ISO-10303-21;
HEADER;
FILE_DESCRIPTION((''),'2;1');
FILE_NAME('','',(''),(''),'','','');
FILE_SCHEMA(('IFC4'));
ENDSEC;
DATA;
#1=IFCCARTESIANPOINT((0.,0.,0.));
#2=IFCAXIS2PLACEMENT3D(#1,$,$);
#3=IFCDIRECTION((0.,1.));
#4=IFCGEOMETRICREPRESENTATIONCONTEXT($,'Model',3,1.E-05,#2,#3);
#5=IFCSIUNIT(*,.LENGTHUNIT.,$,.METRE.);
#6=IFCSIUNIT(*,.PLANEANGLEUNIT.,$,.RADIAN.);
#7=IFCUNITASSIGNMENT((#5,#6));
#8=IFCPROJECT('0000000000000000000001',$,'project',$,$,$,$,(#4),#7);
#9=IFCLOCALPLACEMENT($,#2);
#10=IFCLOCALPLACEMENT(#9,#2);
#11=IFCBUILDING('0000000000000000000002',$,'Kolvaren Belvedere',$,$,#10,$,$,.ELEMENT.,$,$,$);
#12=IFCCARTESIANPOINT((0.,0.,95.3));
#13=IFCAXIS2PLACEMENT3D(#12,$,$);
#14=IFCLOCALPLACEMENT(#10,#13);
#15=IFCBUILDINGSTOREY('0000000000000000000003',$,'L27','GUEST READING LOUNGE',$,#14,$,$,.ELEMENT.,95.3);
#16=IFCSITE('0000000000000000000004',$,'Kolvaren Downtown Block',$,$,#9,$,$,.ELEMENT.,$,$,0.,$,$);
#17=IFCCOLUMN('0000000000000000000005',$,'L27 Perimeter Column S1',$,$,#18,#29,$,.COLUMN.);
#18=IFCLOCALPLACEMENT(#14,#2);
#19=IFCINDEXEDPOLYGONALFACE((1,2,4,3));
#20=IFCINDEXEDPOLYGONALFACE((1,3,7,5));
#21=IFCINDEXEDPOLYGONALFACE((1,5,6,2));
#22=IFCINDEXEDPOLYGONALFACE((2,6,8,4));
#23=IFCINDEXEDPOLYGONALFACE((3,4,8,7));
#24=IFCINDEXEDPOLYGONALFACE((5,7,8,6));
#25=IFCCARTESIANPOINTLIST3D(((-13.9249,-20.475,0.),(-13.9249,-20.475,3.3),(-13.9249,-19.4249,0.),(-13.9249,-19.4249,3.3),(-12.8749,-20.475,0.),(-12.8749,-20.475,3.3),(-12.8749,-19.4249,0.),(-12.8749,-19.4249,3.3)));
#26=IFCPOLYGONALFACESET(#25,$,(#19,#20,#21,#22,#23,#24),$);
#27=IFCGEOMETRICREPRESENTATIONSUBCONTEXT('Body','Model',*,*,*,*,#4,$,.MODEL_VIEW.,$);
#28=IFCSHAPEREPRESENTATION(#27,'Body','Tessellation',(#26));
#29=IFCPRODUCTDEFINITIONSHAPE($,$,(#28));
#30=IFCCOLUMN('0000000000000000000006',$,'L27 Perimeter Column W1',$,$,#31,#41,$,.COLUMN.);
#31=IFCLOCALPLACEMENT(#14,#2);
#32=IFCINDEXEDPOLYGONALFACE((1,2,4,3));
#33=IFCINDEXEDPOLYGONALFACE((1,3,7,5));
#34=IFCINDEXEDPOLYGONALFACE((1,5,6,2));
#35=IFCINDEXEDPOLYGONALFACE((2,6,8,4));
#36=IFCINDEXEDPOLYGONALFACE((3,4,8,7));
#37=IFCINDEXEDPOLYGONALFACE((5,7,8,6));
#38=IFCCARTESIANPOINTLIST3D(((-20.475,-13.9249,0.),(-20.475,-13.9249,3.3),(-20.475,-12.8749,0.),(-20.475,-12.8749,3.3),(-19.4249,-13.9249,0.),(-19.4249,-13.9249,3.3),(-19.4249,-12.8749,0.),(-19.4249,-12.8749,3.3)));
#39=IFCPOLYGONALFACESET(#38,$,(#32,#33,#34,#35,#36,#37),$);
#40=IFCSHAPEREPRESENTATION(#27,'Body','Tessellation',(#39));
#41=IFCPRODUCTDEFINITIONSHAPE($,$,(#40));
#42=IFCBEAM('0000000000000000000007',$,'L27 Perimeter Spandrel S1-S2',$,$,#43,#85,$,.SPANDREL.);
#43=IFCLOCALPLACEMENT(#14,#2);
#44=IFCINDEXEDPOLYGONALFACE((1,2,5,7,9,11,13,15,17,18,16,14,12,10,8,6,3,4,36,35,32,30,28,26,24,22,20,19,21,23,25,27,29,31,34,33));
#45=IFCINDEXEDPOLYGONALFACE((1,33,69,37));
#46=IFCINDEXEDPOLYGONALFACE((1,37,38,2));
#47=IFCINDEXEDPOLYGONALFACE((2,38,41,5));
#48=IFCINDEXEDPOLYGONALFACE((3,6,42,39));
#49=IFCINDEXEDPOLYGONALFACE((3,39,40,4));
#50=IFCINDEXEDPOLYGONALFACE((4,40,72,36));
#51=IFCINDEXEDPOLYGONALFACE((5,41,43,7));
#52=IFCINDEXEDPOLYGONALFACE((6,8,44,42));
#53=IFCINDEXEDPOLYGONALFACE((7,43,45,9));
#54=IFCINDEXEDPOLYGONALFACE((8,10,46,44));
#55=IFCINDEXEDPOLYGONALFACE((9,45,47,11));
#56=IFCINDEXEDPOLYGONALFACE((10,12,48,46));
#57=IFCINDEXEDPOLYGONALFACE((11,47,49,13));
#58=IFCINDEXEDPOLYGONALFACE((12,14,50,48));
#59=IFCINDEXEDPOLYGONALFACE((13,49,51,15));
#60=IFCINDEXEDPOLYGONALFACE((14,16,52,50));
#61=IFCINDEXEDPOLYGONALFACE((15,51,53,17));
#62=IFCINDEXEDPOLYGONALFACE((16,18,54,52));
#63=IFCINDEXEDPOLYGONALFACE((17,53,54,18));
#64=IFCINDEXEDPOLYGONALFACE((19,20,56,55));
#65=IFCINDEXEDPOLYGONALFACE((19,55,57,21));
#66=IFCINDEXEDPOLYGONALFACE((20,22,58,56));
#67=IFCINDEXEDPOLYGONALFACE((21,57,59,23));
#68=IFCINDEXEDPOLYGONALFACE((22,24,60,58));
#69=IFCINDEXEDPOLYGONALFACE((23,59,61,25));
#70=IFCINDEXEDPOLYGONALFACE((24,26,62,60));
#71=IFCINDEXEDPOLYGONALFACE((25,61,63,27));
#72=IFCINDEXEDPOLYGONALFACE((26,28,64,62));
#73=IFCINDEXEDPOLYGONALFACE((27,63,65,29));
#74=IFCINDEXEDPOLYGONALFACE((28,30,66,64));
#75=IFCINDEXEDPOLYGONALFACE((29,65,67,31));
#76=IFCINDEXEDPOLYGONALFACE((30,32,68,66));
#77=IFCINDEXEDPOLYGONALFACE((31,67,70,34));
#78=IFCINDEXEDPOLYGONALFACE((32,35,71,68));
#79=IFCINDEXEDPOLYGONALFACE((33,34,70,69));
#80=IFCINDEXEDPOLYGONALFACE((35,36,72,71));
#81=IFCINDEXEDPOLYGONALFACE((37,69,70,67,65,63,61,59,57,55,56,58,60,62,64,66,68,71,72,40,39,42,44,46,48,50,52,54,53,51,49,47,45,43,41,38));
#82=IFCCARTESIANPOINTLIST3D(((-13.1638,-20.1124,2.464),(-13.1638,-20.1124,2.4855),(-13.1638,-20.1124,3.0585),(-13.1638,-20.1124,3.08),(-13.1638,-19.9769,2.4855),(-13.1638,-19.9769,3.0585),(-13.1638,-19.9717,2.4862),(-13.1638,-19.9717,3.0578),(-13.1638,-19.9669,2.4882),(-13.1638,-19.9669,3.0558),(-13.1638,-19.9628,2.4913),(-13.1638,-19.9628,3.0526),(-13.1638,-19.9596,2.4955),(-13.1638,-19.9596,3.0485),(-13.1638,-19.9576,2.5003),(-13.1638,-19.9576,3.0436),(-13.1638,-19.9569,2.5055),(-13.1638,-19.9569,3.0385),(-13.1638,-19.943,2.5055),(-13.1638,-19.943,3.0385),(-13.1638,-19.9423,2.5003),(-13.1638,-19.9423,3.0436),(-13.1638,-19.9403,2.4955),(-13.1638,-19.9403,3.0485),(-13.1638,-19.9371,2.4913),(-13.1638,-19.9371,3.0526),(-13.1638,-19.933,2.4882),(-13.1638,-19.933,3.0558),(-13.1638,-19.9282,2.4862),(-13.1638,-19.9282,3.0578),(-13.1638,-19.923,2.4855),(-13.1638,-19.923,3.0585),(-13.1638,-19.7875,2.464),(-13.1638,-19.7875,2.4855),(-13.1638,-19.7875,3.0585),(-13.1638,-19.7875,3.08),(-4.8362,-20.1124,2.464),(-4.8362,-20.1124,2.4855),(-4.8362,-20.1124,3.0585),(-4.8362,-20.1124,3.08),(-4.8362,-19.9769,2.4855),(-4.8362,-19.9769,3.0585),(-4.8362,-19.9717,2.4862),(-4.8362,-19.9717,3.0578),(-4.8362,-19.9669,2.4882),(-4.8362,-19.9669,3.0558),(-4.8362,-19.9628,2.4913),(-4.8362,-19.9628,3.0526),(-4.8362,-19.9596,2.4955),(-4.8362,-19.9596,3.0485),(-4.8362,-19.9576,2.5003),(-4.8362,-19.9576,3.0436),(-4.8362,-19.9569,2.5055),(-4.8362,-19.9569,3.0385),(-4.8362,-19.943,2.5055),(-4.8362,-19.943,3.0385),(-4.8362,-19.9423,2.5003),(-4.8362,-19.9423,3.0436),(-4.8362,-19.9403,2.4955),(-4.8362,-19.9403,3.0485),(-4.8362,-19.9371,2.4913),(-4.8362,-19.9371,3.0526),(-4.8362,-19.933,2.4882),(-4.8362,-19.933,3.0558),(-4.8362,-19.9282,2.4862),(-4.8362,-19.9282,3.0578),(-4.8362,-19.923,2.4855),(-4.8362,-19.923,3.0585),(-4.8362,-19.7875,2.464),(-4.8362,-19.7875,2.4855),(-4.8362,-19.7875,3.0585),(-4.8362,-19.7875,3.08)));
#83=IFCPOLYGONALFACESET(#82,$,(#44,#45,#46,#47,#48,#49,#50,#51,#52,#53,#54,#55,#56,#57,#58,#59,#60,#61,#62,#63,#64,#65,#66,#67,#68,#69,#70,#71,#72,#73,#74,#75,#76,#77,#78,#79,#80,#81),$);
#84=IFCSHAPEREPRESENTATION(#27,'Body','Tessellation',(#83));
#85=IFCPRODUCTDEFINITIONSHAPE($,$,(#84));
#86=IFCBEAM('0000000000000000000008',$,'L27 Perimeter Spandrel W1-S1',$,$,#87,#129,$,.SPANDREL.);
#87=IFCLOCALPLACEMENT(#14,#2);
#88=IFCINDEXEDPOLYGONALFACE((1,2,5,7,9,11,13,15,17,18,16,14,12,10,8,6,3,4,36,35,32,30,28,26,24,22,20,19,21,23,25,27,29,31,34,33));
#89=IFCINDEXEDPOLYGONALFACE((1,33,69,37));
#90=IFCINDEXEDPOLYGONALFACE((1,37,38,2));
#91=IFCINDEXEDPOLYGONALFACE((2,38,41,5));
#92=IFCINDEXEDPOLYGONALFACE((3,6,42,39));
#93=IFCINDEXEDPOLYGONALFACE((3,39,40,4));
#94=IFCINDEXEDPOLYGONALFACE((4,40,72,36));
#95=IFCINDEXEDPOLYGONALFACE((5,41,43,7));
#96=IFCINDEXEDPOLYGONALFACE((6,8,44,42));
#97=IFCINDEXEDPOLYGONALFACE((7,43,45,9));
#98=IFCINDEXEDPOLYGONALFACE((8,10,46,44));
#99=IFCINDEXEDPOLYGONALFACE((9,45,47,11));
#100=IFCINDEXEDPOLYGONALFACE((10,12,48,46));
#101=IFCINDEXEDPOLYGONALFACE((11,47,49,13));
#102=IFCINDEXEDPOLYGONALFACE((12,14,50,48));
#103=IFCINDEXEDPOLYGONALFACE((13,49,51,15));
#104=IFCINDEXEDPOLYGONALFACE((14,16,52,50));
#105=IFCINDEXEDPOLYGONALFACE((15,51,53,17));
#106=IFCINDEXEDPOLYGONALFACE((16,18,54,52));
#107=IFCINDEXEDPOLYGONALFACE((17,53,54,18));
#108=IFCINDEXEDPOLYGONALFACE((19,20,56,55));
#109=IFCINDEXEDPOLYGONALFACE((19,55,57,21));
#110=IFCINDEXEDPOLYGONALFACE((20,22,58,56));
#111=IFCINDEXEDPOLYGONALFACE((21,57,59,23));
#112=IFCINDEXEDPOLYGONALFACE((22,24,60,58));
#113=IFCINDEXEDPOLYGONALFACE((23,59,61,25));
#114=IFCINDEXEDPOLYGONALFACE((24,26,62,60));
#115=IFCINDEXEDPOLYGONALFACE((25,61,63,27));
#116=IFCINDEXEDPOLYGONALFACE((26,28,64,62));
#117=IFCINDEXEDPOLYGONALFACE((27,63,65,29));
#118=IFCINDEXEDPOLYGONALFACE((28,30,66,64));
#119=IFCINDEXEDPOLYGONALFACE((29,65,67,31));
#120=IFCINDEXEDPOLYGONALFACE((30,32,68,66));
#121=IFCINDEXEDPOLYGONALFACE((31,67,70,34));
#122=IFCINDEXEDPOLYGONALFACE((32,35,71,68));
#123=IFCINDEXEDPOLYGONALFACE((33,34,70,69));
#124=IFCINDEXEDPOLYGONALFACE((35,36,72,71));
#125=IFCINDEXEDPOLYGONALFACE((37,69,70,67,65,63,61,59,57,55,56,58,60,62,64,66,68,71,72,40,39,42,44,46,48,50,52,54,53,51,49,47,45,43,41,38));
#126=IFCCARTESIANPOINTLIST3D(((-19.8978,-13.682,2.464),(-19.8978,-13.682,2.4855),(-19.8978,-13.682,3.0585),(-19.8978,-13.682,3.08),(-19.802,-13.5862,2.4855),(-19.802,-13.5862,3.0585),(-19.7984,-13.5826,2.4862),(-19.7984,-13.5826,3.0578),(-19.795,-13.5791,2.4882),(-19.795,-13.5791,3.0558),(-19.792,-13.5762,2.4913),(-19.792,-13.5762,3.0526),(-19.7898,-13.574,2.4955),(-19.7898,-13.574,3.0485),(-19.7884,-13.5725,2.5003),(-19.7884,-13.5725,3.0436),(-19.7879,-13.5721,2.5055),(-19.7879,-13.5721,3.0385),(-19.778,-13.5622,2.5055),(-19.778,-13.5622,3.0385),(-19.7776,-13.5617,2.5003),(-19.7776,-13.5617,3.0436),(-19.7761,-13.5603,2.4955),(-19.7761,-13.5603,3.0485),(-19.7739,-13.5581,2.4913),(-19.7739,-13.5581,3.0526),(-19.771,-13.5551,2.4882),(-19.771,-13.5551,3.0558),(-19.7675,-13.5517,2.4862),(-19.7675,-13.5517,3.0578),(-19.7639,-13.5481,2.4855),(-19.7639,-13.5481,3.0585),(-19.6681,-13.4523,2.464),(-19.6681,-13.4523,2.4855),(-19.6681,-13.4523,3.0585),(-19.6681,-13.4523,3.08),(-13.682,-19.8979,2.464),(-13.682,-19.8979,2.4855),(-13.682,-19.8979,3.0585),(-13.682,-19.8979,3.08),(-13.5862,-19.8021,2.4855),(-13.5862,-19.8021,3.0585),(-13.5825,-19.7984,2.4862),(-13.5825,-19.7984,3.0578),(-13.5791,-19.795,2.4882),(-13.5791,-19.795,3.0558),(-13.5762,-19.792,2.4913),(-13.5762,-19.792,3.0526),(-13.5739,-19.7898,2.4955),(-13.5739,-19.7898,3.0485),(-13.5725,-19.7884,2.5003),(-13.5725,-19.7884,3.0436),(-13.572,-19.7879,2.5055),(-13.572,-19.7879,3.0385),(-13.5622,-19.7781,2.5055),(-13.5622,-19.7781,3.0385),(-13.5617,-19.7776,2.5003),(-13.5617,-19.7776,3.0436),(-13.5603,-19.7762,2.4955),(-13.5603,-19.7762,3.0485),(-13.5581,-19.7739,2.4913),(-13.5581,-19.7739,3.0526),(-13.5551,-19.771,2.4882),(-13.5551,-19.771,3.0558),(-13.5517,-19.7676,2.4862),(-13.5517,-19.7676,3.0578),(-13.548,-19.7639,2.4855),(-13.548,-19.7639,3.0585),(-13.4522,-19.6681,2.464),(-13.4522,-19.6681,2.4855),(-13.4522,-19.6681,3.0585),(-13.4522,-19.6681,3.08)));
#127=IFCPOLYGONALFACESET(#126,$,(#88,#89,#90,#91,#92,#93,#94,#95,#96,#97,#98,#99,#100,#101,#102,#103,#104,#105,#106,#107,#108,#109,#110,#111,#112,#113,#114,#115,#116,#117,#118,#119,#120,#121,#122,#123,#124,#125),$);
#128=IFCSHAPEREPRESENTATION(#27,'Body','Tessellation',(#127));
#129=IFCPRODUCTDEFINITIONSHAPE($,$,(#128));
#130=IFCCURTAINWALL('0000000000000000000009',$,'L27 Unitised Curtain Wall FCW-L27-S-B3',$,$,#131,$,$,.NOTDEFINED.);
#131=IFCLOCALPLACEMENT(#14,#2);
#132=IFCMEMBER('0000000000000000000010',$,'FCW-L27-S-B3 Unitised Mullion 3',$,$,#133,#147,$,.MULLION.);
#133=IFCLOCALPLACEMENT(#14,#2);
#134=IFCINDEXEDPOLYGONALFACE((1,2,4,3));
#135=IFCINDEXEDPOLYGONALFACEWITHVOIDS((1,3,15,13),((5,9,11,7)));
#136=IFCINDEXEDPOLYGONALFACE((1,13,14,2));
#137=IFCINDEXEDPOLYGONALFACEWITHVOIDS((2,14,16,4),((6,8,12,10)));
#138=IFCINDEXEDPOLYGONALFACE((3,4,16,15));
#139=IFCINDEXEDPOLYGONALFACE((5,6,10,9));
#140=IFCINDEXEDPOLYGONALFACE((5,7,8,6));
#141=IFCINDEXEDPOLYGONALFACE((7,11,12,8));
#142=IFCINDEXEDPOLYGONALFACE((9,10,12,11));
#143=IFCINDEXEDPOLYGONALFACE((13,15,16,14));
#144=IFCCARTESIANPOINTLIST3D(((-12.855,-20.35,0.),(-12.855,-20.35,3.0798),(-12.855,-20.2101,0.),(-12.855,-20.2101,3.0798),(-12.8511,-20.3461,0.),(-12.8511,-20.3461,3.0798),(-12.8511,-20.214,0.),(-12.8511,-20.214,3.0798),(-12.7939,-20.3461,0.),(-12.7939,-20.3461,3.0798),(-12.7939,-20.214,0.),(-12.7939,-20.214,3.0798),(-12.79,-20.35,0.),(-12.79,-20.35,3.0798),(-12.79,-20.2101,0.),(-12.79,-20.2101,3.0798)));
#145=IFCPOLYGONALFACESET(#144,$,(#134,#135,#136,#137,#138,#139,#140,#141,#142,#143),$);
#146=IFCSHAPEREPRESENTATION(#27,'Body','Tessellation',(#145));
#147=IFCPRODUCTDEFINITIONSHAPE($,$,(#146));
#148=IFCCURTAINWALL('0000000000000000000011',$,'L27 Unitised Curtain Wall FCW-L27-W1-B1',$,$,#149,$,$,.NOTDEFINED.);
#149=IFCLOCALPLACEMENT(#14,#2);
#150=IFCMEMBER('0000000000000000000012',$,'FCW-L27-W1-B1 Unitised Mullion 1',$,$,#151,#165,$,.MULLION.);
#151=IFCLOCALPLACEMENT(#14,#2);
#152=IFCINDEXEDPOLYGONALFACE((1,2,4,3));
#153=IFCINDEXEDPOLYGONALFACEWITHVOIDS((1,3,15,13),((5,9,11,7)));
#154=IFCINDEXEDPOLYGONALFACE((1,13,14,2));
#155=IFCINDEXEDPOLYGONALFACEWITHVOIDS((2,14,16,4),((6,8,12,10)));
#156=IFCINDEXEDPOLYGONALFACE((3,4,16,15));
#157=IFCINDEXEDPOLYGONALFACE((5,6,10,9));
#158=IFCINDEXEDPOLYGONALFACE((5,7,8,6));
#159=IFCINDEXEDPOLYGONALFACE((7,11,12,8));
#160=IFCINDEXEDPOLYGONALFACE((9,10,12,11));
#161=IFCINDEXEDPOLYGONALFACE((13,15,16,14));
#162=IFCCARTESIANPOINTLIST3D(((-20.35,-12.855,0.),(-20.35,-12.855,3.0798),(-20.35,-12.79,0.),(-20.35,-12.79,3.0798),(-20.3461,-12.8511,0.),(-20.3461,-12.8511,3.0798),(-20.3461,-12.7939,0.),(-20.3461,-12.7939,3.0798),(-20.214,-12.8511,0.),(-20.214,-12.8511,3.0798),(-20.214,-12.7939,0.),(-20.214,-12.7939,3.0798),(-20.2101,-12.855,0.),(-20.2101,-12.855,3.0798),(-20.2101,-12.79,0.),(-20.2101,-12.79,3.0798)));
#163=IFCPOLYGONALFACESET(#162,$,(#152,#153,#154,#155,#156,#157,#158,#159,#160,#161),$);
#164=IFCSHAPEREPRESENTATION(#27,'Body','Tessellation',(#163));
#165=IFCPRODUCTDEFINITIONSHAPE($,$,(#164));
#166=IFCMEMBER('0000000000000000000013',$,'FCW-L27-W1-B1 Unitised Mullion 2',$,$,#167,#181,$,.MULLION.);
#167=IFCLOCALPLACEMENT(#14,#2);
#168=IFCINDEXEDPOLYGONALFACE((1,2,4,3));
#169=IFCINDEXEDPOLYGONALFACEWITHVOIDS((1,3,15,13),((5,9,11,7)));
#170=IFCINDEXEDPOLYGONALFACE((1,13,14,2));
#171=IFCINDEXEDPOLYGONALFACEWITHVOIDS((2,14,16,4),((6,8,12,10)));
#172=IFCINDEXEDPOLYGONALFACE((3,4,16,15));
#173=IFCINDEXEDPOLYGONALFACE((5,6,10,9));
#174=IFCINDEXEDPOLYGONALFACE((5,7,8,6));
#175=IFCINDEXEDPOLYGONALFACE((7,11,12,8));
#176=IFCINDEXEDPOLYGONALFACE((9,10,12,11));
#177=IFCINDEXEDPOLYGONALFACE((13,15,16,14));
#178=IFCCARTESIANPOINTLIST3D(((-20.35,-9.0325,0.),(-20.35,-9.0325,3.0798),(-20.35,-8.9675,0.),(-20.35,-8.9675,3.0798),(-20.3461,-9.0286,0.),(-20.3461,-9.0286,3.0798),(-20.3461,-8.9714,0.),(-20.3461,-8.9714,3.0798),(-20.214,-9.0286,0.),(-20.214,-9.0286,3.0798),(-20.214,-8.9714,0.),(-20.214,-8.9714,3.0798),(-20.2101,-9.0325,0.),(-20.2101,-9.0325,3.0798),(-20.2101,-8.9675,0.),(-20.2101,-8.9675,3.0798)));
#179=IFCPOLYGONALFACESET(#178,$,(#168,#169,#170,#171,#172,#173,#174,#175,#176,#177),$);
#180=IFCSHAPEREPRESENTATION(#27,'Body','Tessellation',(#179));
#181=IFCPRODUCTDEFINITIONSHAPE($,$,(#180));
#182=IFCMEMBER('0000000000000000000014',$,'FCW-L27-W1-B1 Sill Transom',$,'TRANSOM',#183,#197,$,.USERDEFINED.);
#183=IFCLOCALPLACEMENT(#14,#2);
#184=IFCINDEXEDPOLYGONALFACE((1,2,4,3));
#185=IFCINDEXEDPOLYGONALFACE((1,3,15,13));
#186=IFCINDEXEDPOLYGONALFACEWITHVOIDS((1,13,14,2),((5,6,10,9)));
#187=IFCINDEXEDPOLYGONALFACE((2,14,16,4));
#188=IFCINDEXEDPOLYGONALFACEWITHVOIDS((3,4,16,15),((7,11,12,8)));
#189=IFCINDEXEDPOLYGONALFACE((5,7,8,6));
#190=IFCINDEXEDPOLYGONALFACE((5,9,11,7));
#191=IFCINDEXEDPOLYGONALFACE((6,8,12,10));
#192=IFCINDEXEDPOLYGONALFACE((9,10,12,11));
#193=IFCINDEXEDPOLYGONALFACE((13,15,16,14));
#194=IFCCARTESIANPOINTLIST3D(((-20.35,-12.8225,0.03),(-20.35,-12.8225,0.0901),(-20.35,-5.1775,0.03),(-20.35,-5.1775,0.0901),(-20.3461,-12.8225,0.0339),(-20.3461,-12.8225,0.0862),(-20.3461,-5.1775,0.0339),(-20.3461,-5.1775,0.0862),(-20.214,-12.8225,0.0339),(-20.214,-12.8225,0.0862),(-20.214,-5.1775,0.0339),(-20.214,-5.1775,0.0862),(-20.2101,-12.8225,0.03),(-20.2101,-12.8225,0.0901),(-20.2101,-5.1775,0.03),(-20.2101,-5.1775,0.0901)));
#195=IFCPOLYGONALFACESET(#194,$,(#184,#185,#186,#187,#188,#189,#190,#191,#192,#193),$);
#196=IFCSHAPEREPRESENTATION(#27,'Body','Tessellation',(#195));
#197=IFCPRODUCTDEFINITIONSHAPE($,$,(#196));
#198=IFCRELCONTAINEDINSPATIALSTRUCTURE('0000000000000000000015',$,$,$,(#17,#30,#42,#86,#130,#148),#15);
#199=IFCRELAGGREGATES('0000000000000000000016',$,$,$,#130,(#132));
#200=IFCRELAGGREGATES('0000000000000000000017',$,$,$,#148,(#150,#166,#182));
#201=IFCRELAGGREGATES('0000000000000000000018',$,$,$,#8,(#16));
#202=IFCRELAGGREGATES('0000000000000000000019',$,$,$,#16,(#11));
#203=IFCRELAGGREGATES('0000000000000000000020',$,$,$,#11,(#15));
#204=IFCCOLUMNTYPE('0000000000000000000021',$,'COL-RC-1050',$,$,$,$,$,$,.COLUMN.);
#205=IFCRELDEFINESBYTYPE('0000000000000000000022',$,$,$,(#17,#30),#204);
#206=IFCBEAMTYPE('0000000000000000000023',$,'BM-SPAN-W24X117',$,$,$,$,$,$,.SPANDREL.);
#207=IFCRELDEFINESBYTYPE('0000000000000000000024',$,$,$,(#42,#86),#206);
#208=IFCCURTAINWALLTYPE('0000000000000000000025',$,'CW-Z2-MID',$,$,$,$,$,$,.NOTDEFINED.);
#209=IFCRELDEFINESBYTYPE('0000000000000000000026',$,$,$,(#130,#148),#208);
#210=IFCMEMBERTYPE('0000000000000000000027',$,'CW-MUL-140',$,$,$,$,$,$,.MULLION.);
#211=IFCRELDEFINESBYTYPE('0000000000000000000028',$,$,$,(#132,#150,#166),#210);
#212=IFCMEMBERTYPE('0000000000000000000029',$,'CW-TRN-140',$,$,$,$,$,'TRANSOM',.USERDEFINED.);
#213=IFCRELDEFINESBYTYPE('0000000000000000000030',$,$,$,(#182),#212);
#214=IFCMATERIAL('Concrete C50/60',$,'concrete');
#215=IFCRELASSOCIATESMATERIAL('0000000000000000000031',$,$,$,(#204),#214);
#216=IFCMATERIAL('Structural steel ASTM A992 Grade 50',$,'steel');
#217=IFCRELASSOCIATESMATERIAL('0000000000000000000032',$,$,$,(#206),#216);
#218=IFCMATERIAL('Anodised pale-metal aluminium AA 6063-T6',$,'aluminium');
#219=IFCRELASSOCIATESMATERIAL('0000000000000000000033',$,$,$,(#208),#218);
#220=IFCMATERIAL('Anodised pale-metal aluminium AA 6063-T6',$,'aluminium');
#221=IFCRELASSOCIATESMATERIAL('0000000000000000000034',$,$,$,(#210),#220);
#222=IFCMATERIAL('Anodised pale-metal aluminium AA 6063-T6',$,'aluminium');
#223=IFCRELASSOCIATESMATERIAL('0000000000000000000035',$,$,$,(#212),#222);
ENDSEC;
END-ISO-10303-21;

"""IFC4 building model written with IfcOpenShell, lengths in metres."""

from ifc_helpers import new_model, si_unit, direction, frame, origin, origin_2d, place, context, subcontext, project, spatial, rectangle, hollow_rectangle, i_section, extrude, material, material_profile, profile_set, type_object, element, aggregate, save


model = new_model("IFC4")

# Units and contexts
model_context = context("Model", 3, precision=1e-05, world=origin(), true_north=direction((0.0, 1.0)))
body_context = subcontext(model_context, "Body", "Model", "MODEL_VIEW")
ifc_project = project(units=[si_unit("LENGTHUNIT", "METRE"), si_unit("PLANEANGLEUNIT", "RADIAN")], contexts=[model_context])

# Site, building, storey
site_placement = place(None, origin())
site = spatial("IfcSite", under=ifc_project, at=site_placement, Name="Kolvaren Downtown Block", CompositionType="ELEMENT", RefElevation=0.0)
building_placement = place(site_placement, origin())
building = spatial("IfcBuilding", under=site, at=building_placement, Name="Kolvaren Belvedere", CompositionType="ELEMENT")
storey_placement = place(building_placement, frame((0.0, 0.0, 95.3)))
storey = spatial("IfcBuildingStorey", under=building, at=storey_placement, Name="L27", Description="GUEST READING LOUNGE", CompositionType="ELEMENT", Elevation=95.3)

# Columns
ifc_material_1 = material(Name="Concrete C50/60", Category="concrete")
ifc_material_profile_1 = material_profile(ifc_material_1, rectangle(XDim=1.05, YDim=1.05, at=origin_2d()), Name="RC 1050X1050")
ifc_profile_set_1 = profile_set([ifc_material_profile_1], Name="Concrete C50/60")
column_type = type_object("IfcColumnType", Name="COL-RC-1050", PredefinedType="COLUMN", material=ifc_profile_set_1)
for number, where, z_axis, x_axis, name in (
    (1, (-13.3999, -19.95, 0.0), (0.0, 0.0, 1.0), (1.0, 0.0, 0.0), "L27 Perimeter Column S1"),
    (2, (-19.95, -13.3999, 0.0), (0.0, 0.0, 1.0), (1.0, 0.0, 0.0), "L27 Perimeter Column W1"),
):
    element("IfcColumn", number, at=place(storey_placement, frame(where, z_axis=z_axis, x_axis=x_axis)), inside=storey, type_object=column_type, Name=name, PredefinedType="COLUMN", context=body_context, shape_type="SweptSolid", body=[
        extrude(rectangle(XDim=1.05, YDim=1.05, at=origin_2d()), origin(), (0.0, 0.0, 1.0), 3.3),
    ])

# Beams
ifc_material_2 = material(Name="Structural steel ASTM A992 Grade 50", Category="steel")
ifc_material_profile_2 = material_profile(ifc_material_2, i_section(OverallWidth=0.325, OverallDepth=0.616, WebThickness=0.0139, FlangeThickness=0.0215, FilletRadius=0.02, at=origin_2d()), Name="W24X117")
ifc_profile_set_2 = profile_set([ifc_material_profile_2], Name="Structural steel ASTM A992 Grade 50")
beam_type = type_object("IfcBeamType", Name="BM-SPAN-W24X117", PredefinedType="SPANDREL", material=ifc_profile_set_2)
beam_1_placement = place(storey_placement, frame((-13.1638, -19.95, 2.772), z_axis=(1.0, 0.0, 0.0), x_axis=(0.0, 1.0, 0.0)))
element("IfcBeam", 3, at=beam_1_placement, inside=storey, type_object=beam_type, Name="L27 Perimeter Spandrel S1-S2", PredefinedType="SPANDREL", context=body_context, shape_type="SweptSolid", body=[
    extrude(i_section(OverallWidth=0.325, OverallDepth=0.616, WebThickness=0.0139, FlangeThickness=0.0215, FilletRadius=0.02, at=origin_2d()), origin(), (0.0, 0.0, 1.0), 8.3276),
])
beam_2_placement = place(storey_placement, frame((-19.783, -13.5671, 2.772), z_axis=(0.707107, -0.707107, 0.0), x_axis=(0.707107, 0.707107, 0.0)))
element("IfcBeam", 4, at=beam_2_placement, inside=storey, type_object=beam_type, Name="L27 Perimeter Spandrel W1-S1", PredefinedType="SPANDREL", context=body_context, shape_type="SweptSolid", body=[
    extrude(i_section(OverallWidth=0.325, OverallDepth=0.616, WebThickness=0.0139, FlangeThickness=0.0215, FilletRadius=0.02, at=origin_2d()), origin(), (0.0, 0.0, 1.0), 8.7905),
])

# Curtain wall, member
ifc_material_3 = material(Name="Anodised pale-metal aluminium AA 6063-T6", Category="aluminium")
curtain_wall_type = type_object("IfcCurtainWallType", Name="CW-Z2-MID", PredefinedType="NOTDEFINED", material=ifc_material_3)
curtain_wall_1_placement = place(storey_placement, origin())
curtain_wall_1 = element("IfcCurtainWall", 5, at=curtain_wall_1_placement, inside=storey, type_object=curtain_wall_type, Name="L27 Unitised Curtain Wall FCW-L27-S-B3", PredefinedType="NOTDEFINED")
ifc_material_4 = material(Name="Anodised pale-metal aluminium AA 6063-T6", Category="aluminium")
ifc_material_profile_3 = material_profile(ifc_material_4, hollow_rectangle(XDim=0.0649, YDim=0.1399, WallThickness=0.0039, at=origin_2d()), Name="ALU-MUL-140X65")
ifc_profile_set_3 = profile_set([ifc_material_profile_3], Name="Anodised pale-metal aluminium AA 6063-T6")
member_type_1 = type_object("IfcMemberType", Name="CW-MUL-140", PredefinedType="MULLION", material=ifc_profile_set_3)
member_1_placement = place(storey_placement, frame((-12.8225, -20.28, 0.0), z_axis=(0.0, 0.0, 1.0), x_axis=(1.0, 0.0, 0.0)))
member_1 = element("IfcMember", 6, at=member_1_placement, type_object=member_type_1, Name="FCW-L27-S-B3 Unitised Mullion 3", PredefinedType="MULLION", context=body_context, shape_type="SweptSolid", body=[
    extrude(hollow_rectangle(XDim=0.0649, YDim=0.1399, WallThickness=0.0039, at=origin_2d()), origin(), (0.0, 0.0, 1.0), 3.0798),
])
aggregate(curtain_wall_1, [member_1])

# Curtain wall, members
curtain_wall_2_placement = place(storey_placement, origin())
curtain_wall_2 = element("IfcCurtainWall", 7, at=curtain_wall_2_placement, inside=storey, type_object=curtain_wall_type, Name="L27 Unitised Curtain Wall FCW-L27-W1-B1", PredefinedType="NOTDEFINED")
member_2_placement = place(storey_placement, frame((-20.28, -12.8225, 0.0), z_axis=(0.0, 0.0, 1.0), x_axis=(0.0, 1.0, 0.0)))
member_2 = element("IfcMember", 8, at=member_2_placement, type_object=member_type_1, Name="FCW-L27-W1-B1 Unitised Mullion 1", PredefinedType="MULLION", context=body_context, shape_type="SweptSolid", body=[
    extrude(hollow_rectangle(XDim=0.0649, YDim=0.1399, WallThickness=0.0039, at=origin_2d()), origin(), (0.0, 0.0, 1.0), 3.0798),
])
member_3_placement = place(storey_placement, frame((-20.28, -9.0, 0.0), z_axis=(0.0, 0.0, 1.0), x_axis=(0.0, 1.0, 0.0)))
member_3 = element("IfcMember", 9, at=member_3_placement, type_object=member_type_1, Name="FCW-L27-W1-B1 Unitised Mullion 2", PredefinedType="MULLION", context=body_context, shape_type="SweptSolid", body=[
    extrude(hollow_rectangle(XDim=0.0649, YDim=0.1399, WallThickness=0.0039, at=origin_2d()), origin(), (0.0, 0.0, 1.0), 3.0798),
])
ifc_material_5 = material(Name="Anodised pale-metal aluminium AA 6063-T6", Category="aluminium")
ifc_material_profile_4 = material_profile(ifc_material_5, hollow_rectangle(XDim=0.0601, YDim=0.1399, WallThickness=0.0039, at=origin_2d()), Name="ALU-TRN-140X60")
ifc_profile_set_4 = profile_set([ifc_material_profile_4], Name="Anodised pale-metal aluminium AA 6063-T6")
member_type_2 = type_object("IfcMemberType", Name="CW-TRN-140", ElementType="TRANSOM", PredefinedType="USERDEFINED", material=ifc_profile_set_4)
member_4_placement = place(storey_placement, frame((-20.28, -12.8225, 0.0601), z_axis=(0.0, 1.0, 0.0), x_axis=(0.0, 0.0, 1.0)))
member_4 = element("IfcMember", 10, at=member_4_placement, type_object=member_type_2, Name="FCW-L27-W1-B1 Sill Transom", ObjectType="TRANSOM", PredefinedType="USERDEFINED", context=body_context, shape_type="SweptSolid", body=[
    extrude(hollow_rectangle(XDim=0.0601, YDim=0.1399, WallThickness=0.0039, at=origin_2d()), origin(), (0.0, 0.0, 1.0), 7.645),
])
aggregate(curtain_wall_2, [member_2, member_3, member_4])

save(model, "model.ifc")
